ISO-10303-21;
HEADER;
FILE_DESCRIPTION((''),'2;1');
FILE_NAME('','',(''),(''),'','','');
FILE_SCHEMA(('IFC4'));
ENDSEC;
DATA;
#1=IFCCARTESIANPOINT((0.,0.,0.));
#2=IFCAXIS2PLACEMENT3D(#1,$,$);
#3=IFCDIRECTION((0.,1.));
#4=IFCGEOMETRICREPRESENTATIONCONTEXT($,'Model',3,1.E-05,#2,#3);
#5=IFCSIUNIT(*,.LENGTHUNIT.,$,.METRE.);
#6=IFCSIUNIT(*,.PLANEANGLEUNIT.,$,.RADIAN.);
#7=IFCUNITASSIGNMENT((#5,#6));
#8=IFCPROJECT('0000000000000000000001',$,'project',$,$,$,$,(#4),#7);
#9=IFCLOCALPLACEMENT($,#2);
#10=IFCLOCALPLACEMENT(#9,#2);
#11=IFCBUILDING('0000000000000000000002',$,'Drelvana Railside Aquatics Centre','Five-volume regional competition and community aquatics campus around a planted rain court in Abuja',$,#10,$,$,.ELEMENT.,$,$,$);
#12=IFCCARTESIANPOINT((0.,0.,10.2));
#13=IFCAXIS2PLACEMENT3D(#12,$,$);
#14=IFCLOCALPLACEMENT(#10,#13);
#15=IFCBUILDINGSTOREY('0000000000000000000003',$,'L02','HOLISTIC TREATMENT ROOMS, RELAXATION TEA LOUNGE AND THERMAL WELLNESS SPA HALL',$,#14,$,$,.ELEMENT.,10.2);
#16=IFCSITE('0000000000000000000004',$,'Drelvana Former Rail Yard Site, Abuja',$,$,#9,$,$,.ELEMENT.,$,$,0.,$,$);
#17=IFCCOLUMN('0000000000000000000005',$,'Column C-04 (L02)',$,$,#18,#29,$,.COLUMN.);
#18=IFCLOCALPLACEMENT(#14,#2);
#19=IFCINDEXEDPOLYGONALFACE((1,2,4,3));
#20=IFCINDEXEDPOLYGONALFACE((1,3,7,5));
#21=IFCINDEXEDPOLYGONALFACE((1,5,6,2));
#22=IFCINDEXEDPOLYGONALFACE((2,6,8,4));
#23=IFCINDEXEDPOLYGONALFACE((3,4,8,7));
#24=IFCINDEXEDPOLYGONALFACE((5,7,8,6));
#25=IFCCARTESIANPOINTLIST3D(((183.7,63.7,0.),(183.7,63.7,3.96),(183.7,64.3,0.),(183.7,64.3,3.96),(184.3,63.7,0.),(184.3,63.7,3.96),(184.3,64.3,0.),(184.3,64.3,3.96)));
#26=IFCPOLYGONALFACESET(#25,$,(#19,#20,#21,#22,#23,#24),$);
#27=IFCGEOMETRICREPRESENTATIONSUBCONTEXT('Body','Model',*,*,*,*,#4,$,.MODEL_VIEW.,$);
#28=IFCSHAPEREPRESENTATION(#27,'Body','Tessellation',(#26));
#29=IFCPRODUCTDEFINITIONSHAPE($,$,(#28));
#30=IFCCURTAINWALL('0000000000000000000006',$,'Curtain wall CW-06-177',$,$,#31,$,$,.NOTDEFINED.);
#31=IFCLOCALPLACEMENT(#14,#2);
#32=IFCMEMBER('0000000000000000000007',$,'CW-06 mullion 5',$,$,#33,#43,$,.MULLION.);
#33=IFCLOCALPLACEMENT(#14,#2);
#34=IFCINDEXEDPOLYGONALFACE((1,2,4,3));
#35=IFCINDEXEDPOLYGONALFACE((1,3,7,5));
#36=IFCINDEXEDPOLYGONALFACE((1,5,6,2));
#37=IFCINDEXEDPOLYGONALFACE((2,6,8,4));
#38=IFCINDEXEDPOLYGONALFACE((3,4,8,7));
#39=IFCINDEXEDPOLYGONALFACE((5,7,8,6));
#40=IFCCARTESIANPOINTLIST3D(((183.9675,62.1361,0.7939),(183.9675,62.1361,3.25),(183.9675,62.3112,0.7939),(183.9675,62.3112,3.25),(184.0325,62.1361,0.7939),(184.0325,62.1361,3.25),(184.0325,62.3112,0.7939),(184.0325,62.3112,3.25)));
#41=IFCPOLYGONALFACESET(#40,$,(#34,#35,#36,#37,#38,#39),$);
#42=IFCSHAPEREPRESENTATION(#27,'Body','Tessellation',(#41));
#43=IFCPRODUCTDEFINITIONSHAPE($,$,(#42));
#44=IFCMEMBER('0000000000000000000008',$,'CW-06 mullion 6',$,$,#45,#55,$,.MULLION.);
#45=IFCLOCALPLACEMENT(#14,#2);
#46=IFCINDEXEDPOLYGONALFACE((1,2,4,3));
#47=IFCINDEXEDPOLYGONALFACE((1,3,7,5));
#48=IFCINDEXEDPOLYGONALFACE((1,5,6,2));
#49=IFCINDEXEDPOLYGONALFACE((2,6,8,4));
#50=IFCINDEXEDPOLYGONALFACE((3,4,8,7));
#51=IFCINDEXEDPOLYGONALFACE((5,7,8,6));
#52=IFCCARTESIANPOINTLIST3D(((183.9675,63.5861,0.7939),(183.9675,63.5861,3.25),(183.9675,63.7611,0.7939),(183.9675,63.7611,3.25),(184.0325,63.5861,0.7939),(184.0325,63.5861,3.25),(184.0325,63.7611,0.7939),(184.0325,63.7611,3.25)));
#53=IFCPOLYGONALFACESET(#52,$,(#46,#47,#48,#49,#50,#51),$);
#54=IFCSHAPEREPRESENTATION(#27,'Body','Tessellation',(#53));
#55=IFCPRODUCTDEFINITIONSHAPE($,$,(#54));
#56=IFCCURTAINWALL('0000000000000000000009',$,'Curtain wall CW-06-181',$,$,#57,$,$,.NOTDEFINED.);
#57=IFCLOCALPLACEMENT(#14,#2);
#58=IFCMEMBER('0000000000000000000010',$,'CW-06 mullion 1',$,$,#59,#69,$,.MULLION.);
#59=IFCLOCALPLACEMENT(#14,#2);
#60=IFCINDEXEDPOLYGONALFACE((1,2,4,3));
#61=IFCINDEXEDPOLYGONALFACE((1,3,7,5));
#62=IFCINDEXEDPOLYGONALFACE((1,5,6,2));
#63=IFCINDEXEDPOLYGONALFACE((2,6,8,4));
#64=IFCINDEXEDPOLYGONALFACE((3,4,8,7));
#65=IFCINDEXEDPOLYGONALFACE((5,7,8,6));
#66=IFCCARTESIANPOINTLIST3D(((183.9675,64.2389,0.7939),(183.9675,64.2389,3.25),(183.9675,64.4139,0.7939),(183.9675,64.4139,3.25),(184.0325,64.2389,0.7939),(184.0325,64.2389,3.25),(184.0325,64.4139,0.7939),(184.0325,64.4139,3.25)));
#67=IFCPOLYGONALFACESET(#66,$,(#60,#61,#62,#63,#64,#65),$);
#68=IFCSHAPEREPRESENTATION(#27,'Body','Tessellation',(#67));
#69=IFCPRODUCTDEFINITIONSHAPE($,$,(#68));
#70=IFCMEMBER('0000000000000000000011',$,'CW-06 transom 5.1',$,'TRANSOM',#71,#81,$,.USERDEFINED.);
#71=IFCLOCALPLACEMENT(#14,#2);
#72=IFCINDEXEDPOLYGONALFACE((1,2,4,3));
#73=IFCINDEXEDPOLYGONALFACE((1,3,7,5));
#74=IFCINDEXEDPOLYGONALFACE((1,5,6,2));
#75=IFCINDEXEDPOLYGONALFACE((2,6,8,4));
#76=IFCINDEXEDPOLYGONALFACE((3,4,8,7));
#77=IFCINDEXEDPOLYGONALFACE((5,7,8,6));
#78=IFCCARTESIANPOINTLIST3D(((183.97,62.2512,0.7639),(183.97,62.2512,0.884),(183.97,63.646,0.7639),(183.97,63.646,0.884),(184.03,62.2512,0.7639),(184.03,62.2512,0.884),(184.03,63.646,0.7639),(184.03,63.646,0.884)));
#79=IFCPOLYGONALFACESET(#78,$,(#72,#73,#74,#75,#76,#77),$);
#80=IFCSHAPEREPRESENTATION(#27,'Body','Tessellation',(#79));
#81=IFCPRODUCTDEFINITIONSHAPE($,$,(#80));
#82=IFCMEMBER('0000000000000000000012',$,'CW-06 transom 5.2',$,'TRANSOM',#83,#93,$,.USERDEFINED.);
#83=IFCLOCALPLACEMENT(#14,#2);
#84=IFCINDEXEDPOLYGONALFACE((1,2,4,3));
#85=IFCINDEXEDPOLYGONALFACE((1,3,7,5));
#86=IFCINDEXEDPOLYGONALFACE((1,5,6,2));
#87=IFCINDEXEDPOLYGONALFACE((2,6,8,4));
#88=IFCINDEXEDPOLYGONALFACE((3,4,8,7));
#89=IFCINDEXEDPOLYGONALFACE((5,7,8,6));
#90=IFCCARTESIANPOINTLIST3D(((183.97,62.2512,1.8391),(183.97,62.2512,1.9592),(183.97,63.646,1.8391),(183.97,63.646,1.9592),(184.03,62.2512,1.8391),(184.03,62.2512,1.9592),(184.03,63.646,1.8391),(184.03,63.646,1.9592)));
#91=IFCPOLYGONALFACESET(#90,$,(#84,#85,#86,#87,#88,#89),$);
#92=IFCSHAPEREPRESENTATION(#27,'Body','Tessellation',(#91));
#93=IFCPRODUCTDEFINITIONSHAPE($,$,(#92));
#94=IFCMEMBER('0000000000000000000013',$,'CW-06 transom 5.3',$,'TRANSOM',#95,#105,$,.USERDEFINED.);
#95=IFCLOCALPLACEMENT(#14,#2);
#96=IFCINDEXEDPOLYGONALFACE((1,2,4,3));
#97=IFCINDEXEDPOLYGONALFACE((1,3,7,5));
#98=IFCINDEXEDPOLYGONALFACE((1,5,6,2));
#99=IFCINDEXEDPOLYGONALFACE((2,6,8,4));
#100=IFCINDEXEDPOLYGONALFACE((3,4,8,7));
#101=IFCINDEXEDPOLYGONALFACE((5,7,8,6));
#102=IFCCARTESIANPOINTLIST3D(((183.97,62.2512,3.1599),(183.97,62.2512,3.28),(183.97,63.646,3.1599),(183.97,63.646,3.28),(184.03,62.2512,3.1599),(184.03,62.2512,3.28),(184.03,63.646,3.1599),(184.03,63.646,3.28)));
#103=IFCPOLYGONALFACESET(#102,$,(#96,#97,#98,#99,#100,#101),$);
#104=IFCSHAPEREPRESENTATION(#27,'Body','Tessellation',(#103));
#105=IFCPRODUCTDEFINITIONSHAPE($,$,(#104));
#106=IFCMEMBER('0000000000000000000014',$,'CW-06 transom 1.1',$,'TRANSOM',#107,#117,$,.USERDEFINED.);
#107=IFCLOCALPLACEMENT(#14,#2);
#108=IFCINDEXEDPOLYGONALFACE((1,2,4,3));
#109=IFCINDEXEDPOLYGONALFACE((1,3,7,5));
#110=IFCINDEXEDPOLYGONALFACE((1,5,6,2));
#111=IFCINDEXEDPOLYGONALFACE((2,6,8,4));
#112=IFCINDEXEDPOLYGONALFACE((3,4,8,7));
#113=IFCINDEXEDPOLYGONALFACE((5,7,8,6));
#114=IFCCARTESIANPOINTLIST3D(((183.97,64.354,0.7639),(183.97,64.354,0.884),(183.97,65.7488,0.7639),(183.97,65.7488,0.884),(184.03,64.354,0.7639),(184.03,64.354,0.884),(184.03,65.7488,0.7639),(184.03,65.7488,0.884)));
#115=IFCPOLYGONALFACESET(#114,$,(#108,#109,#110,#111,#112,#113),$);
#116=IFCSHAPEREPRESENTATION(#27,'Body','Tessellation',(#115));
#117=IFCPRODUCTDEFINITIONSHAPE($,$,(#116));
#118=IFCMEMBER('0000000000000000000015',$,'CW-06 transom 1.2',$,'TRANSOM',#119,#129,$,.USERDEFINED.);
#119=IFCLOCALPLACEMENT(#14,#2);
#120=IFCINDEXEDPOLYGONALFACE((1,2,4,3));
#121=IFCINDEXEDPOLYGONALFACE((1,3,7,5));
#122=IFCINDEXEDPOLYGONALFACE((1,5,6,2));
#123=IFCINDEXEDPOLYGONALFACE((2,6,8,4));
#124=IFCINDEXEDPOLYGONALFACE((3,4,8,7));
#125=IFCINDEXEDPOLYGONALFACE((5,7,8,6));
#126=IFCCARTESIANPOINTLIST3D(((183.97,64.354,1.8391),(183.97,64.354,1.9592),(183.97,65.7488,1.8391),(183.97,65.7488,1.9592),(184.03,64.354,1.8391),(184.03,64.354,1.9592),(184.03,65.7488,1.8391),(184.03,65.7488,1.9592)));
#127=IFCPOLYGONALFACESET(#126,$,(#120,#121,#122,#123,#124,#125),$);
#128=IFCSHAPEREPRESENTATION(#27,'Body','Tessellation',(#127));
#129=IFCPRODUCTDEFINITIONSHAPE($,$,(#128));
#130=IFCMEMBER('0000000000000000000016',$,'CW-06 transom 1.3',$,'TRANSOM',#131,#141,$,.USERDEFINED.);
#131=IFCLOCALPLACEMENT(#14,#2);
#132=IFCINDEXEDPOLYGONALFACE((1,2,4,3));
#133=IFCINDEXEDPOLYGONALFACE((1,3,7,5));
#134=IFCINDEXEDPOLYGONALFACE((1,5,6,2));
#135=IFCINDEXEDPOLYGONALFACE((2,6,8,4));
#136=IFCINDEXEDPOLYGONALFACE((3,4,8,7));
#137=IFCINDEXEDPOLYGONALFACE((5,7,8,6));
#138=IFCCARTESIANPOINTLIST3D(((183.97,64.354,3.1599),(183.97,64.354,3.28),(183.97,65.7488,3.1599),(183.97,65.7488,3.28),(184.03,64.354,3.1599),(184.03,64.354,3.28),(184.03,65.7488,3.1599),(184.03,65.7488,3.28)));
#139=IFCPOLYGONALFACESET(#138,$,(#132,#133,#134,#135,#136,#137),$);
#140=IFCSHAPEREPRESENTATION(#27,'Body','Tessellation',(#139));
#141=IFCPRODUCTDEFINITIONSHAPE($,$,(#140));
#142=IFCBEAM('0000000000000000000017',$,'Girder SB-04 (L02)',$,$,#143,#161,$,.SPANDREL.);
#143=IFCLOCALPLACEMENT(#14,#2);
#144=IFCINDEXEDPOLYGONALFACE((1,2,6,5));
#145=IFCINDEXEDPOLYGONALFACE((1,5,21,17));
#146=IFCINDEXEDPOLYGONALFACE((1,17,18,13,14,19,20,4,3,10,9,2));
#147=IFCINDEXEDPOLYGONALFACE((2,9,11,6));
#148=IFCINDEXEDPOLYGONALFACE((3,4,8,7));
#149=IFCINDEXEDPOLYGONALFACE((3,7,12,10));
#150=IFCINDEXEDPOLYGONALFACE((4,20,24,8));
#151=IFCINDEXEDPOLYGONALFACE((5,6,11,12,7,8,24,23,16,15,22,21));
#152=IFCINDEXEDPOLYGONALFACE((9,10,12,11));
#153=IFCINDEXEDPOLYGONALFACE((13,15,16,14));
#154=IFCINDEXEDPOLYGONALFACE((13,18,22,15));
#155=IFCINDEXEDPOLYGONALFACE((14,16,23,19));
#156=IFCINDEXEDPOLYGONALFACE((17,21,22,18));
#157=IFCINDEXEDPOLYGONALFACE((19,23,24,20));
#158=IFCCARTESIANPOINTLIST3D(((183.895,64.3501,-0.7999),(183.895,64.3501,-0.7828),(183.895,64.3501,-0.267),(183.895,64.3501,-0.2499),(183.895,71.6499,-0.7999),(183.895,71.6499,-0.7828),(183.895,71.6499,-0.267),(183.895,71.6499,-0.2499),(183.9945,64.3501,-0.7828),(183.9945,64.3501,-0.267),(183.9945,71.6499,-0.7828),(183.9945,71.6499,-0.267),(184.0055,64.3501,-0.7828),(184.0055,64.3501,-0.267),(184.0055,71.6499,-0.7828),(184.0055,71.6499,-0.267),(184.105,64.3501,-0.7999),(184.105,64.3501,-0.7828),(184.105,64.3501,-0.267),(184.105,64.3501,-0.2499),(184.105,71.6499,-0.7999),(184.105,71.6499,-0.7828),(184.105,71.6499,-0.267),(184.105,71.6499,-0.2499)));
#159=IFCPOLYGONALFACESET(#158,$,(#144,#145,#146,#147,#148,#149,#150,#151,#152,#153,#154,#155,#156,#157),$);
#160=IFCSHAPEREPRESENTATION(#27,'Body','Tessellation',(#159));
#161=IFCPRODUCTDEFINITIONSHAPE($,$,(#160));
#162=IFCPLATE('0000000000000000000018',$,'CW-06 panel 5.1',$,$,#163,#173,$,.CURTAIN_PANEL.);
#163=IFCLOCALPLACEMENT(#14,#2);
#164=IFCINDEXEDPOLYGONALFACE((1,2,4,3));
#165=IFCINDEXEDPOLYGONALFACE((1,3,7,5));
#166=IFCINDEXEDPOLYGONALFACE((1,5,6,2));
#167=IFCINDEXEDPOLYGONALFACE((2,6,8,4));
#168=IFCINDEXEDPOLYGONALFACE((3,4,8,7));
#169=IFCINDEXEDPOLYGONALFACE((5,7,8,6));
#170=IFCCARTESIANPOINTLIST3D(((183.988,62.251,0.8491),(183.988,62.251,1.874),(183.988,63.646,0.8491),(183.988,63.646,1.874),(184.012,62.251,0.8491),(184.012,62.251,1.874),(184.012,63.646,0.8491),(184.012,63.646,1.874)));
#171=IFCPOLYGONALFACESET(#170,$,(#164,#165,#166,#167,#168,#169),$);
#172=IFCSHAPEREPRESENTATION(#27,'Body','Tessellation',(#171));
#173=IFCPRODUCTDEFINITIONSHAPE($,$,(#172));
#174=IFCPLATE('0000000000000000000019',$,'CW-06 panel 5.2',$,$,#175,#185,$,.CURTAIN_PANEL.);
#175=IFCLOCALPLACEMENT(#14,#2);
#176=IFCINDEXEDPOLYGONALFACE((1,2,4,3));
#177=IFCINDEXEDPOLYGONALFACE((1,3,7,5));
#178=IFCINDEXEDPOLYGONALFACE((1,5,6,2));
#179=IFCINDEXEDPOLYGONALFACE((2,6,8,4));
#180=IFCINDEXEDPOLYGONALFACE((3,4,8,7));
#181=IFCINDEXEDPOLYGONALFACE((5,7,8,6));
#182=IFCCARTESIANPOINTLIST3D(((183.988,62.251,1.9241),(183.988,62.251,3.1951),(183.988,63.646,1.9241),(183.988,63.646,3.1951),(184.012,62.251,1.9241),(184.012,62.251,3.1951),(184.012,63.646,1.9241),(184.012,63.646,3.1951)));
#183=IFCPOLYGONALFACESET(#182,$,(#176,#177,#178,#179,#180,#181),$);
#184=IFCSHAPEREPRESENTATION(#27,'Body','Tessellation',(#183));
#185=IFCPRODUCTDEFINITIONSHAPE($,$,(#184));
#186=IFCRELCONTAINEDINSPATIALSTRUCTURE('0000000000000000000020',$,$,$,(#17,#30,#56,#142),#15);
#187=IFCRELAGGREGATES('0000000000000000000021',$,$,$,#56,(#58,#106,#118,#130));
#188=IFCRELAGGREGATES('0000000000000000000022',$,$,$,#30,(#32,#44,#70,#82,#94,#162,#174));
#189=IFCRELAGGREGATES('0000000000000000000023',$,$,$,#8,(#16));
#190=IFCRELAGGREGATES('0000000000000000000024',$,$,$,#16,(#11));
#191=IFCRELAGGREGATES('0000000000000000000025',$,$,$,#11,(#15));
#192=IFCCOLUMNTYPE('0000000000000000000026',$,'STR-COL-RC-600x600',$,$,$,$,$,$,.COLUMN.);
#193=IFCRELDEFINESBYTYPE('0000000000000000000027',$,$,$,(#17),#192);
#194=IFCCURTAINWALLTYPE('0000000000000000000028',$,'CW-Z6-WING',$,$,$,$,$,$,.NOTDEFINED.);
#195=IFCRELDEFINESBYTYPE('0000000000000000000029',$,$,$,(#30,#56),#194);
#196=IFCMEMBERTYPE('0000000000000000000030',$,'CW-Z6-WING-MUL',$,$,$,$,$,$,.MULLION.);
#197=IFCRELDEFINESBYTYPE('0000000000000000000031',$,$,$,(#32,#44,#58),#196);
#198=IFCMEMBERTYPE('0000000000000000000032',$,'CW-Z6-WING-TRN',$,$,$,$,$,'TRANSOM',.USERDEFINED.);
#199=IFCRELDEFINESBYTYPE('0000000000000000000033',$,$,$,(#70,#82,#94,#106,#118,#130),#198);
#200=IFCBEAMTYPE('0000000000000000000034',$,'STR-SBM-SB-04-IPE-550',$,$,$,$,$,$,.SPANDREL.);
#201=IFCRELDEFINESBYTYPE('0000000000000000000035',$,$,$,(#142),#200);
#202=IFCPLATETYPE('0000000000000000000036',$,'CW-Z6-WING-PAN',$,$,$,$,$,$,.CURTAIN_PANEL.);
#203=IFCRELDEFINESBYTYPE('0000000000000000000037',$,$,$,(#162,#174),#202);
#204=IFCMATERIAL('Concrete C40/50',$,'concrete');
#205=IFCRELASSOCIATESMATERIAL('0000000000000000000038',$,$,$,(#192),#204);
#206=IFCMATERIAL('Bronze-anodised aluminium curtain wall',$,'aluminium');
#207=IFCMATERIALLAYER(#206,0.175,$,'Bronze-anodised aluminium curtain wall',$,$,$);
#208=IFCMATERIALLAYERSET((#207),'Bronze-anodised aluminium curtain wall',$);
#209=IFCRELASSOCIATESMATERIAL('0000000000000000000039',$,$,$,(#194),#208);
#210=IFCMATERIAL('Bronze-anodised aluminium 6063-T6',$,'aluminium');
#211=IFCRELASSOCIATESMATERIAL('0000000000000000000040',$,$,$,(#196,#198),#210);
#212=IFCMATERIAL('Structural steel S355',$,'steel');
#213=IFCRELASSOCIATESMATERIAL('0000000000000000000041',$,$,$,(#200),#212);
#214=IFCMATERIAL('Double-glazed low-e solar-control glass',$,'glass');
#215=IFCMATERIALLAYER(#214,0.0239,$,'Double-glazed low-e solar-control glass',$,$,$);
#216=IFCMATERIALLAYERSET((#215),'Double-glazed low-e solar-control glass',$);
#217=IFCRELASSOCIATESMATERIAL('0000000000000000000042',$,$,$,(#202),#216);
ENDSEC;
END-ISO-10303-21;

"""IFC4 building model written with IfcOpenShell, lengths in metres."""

from ifc_helpers import new_model, si_unit, direction, frame, origin, origin_2d, place, context, subcontext, project, spatial, rectangle, i_section, extrude, material, layer, layer_set, material_profile, profile_set, type_object, element, aggregate, save


model = new_model("IFC4")

# Units and contexts
model_context = context("Model", 3, precision=1e-05, world=origin(), true_north=direction((0.0, 1.0)))
body_context = subcontext(model_context, "Body", "Model", "MODEL_VIEW")
ifc_project = project(units=[si_unit("LENGTHUNIT", "METRE"), si_unit("PLANEANGLEUNIT", "RADIAN")], contexts=[model_context])

# Site, building, storey
site_placement = place(None, origin())
site = spatial("IfcSite", under=ifc_project, at=site_placement, Name="Drelvana Former Rail Yard Site, Abuja", CompositionType="ELEMENT", RefElevation=0.0)
building_placement = place(site_placement, origin())
building = spatial("IfcBuilding", under=site, at=building_placement, Name="Drelvana Railside Aquatics Centre", Description="Five-volume regional competition and community aquatics campus around a planted rain court in Abuja", CompositionType="ELEMENT")
storey_placement = place(building_placement, frame((0.0, 0.0, 10.2)))
storey = spatial("IfcBuildingStorey", under=building, at=storey_placement, Name="L02", Description="HOLISTIC TREATMENT ROOMS, RELAXATION TEA LOUNGE AND THERMAL WELLNESS SPA HALL", CompositionType="ELEMENT", Elevation=10.2)

# Column
ifc_material_1 = material(Name="Concrete C40/50", Category="concrete")
ifc_material_profile_1 = material_profile(ifc_material_1, rectangle(XDim=0.6001, YDim=0.6001, at=origin_2d()), Name="RC 600x600")
ifc_profile_set_1 = profile_set([ifc_material_profile_1], Name="Concrete C40/50")
column_type = type_object("IfcColumnType", Name="STR-COL-RC-600x600", PredefinedType="COLUMN", material=ifc_profile_set_1)
column_placement = place(storey_placement, frame((184.0, 64.0, 0.0), z_axis=(0.0, 0.0, 1.0), x_axis=(1.0, 0.0, 0.0)))
element("IfcColumn", 1, at=column_placement, inside=storey, type_object=column_type, Name="Column C-04 (L02)", PredefinedType="COLUMN", context=body_context, shape_type="SweptSolid", body=[
    extrude(rectangle(XDim=0.6001, YDim=0.6001, at=origin_2d()), origin(), (0.0, 0.0, 1.0), 3.96),
])

# Curtain wall, members
ifc_material_2 = material(Name="Bronze-anodised aluminium curtain wall", Category="aluminium")
ifc_layer_1 = layer(ifc_material_2, 0.175, Name="Bronze-anodised aluminium curtain wall")
ifc_layer_set_1 = layer_set([ifc_layer_1], Name="Bronze-anodised aluminium curtain wall")
curtain_wall_type = type_object("IfcCurtainWallType", Name="CW-Z6-WING", PredefinedType="NOTDEFINED", material=ifc_layer_set_1)
curtain_wall_1_placement = place(storey_placement, origin())
curtain_wall_1 = element("IfcCurtainWall", 2, at=curtain_wall_1_placement, inside=storey, type_object=curtain_wall_type, Name="Curtain wall CW-06-177", PredefinedType="NOTDEFINED")
ifc_material_3 = material(Name="Bronze-anodised aluminium 6063-T6", Category="aluminium")
ifc_material_profile_2 = material_profile(ifc_material_3, rectangle(XDim=0.0649, YDim=0.175, at=origin_2d()), Name="ALU-M 65x175")
ifc_profile_set_2 = profile_set([ifc_material_profile_2], Name="Bronze-anodised aluminium 6063-T6")
member_type_1 = type_object("IfcMemberType", Name="CW-Z6-WING-MUL", PredefinedType="MULLION", material=ifc_profile_set_2)
member_1_placement = place(storey_placement, frame((184.0, 62.2236, 0.7939), z_axis=(0.0, 0.0, 1.0), x_axis=(-1.0, 0.0, 0.0)))
member_1 = element("IfcMember", 3, at=member_1_placement, type_object=member_type_1, Name="CW-06 mullion 5", PredefinedType="MULLION", context=body_context, shape_type="SweptSolid", body=[
    extrude(rectangle(XDim=0.0649, YDim=0.175, at=origin_2d()), origin(), (0.0, 0.0, 1.0), 2.4561),
])
member_2_placement = place(storey_placement, frame((184.0, 63.6736, 0.7939), z_axis=(0.0, 0.0, 1.0), x_axis=(-1.0, 0.0, 0.0)))
member_2 = element("IfcMember", 4, at=member_2_placement, type_object=member_type_1, Name="CW-06 mullion 6", PredefinedType="MULLION", context=body_context, shape_type="SweptSolid", body=[
    extrude(rectangle(XDim=0.0649, YDim=0.175, at=origin_2d()), origin(), (0.0, 0.0, 1.0), 2.4561),
])

# Curtain wall, member
curtain_wall_2_placement = place(storey_placement, origin())
curtain_wall_2 = element("IfcCurtainWall", 5, at=curtain_wall_2_placement, inside=storey, type_object=curtain_wall_type, Name="Curtain wall CW-06-181", PredefinedType="NOTDEFINED")
member_3_placement = place(storey_placement, frame((184.0, 64.3264, 0.7939), z_axis=(0.0, 0.0, 1.0), x_axis=(-1.0, 0.0, 0.0)))
member_3 = element("IfcMember", 6, at=member_3_placement, type_object=member_type_1, Name="CW-06 mullion 1", PredefinedType="MULLION", context=body_context, shape_type="SweptSolid", body=[
    extrude(rectangle(XDim=0.0649, YDim=0.175, at=origin_2d()), origin(), (0.0, 0.0, 1.0), 2.4561),
])

# Members
ifc_material_profile_3 = material_profile(ifc_material_3, rectangle(XDim=0.1201, YDim=0.0601, at=origin_2d()), Name="ALU-T 60x120")
ifc_profile_set_3 = profile_set([ifc_material_profile_3], Name="Bronze-anodised aluminium 6063-T6")
member_type_2 = type_object("IfcMemberType", Name="CW-Z6-WING-TRN", ElementType="TRANSOM", PredefinedType="USERDEFINED", material=ifc_profile_set_3)
member_4_placement = place(storey_placement, frame((184.0, 62.2512, 0.824), z_axis=(0.0, 1.0, 0.0), x_axis=(0.0, 0.0, 1.0)))
member_4 = element("IfcMember", 7, at=member_4_placement, type_object=member_type_2, Name="CW-06 transom 5.1", ObjectType="TRANSOM", PredefinedType="USERDEFINED", context=body_context, shape_type="SweptSolid", body=[
    extrude(rectangle(XDim=0.1201, YDim=0.0601, at=origin_2d()), origin(), (0.0, 0.0, 1.0), 1.3948),
])
member_5_placement = place(storey_placement, frame((184.0, 62.2512, 1.8992), z_axis=(0.0, 1.0, 0.0), x_axis=(0.0, 0.0, 1.0)))
member_5 = element("IfcMember", 8, at=member_5_placement, type_object=member_type_2, Name="CW-06 transom 5.2", ObjectType="TRANSOM", PredefinedType="USERDEFINED", context=body_context, shape_type="SweptSolid", body=[
    extrude(rectangle(XDim=0.1201, YDim=0.0601, at=origin_2d()), origin(), (0.0, 0.0, 1.0), 1.3948),
])
member_6_placement = place(storey_placement, frame((184.0, 62.2512, 3.22), z_axis=(0.0, 1.0, 0.0), x_axis=(0.0, 0.0, 1.0)))
member_6 = element("IfcMember", 9, at=member_6_placement, type_object=member_type_2, Name="CW-06 transom 5.3", ObjectType="TRANSOM", PredefinedType="USERDEFINED", context=body_context, shape_type="SweptSolid", body=[
    extrude(rectangle(XDim=0.1201, YDim=0.0601, at=origin_2d()), origin(), (0.0, 0.0, 1.0), 1.3948),
])
member_7_placement = place(storey_placement, frame((184.0, 64.354, 0.824), z_axis=(0.0, 1.0, 0.0), x_axis=(0.0, 0.0, 1.0)))
member_7 = element("IfcMember", 10, at=member_7_placement, type_object=member_type_2, Name="CW-06 transom 1.1", ObjectType="TRANSOM", PredefinedType="USERDEFINED", context=body_context, shape_type="SweptSolid", body=[
    extrude(rectangle(XDim=0.1201, YDim=0.0601, at=origin_2d()), origin(), (0.0, 0.0, 1.0), 1.3948),
])
member_8_placement = place(storey_placement, frame((184.0, 64.354, 1.8992), z_axis=(0.0, 1.0, 0.0), x_axis=(0.0, 0.0, 1.0)))
member_8 = element("IfcMember", 11, at=member_8_placement, type_object=member_type_2, Name="CW-06 transom 1.2", ObjectType="TRANSOM", PredefinedType="USERDEFINED", context=body_context, shape_type="SweptSolid", body=[
    extrude(rectangle(XDim=0.1201, YDim=0.0601, at=origin_2d()), origin(), (0.0, 0.0, 1.0), 1.3948),
])
member_9_placement = place(storey_placement, frame((184.0, 64.354, 3.22), z_axis=(0.0, 1.0, 0.0), x_axis=(0.0, 0.0, 1.0)))
member_9 = element("IfcMember", 12, at=member_9_placement, type_object=member_type_2, Name="CW-06 transom 1.3", ObjectType="TRANSOM", PredefinedType="USERDEFINED", context=body_context, shape_type="SweptSolid", body=[
    extrude(rectangle(XDim=0.1201, YDim=0.0601, at=origin_2d()), origin(), (0.0, 0.0, 1.0), 1.3948),
])
aggregate(curtain_wall_2, [member_3, member_7, member_8, member_9])

# Beam
ifc_material_4 = material(Name="Structural steel S355", Category="steel")
ifc_material_profile_4 = material_profile(ifc_material_4, i_section(OverallWidth=0.21, OverallDepth=0.55, WebThickness=0.011, FlangeThickness=0.0171, at=origin_2d()), Name="IPE 550")
ifc_profile_set_4 = profile_set([ifc_material_profile_4], Name="Structural steel S355")
beam_type = type_object("IfcBeamType", Name="STR-SBM-SB-04-IPE-550", PredefinedType="SPANDREL", material=ifc_profile_set_4)
beam_placement = place(storey_placement, frame((184.0, 64.3501, -0.5249), z_axis=(0.0, 1.0, 0.0), x_axis=(-1.0, 0.0, 0.0)))
element("IfcBeam", 13, at=beam_placement, inside=storey, type_object=beam_type, Name="Girder SB-04 (L02)", PredefinedType="SPANDREL", context=body_context, shape_type="SweptSolid", body=[
    extrude(i_section(OverallWidth=0.21, OverallDepth=0.55, WebThickness=0.011, FlangeThickness=0.0171, at=origin_2d()), origin(), (0.0, 0.0, 1.0), 7.2998),
])

# Plates
ifc_material_5 = material(Name="Double-glazed low-e solar-control glass", Category="glass")
ifc_layer_2 = layer(ifc_material_5, 0.0239, Name="Double-glazed low-e solar-control glass")
ifc_layer_set_2 = layer_set([ifc_layer_2], Name="Double-glazed low-e solar-control glass")
plate_type = type_object("IfcPlateType", Name="CW-Z6-WING-PAN", PredefinedType="CURTAIN_PANEL", material=ifc_layer_set_2)
plate_1_placement = place(storey_placement, frame((184.0, 62.9485, 0.8491), z_axis=(0.0, 0.0, 1.0), x_axis=(0.0, 1.0, 0.0)))
plate_1 = element("IfcPlate", 14, at=plate_1_placement, type_object=plate_type, Name="CW-06 panel 5.1", PredefinedType="CURTAIN_PANEL", context=body_context, shape_type="SweptSolid", body=[
    extrude(rectangle(XDim=1.395, YDim=0.0239, at=origin_2d()), origin(), (0.0, 0.0, 1.0), 1.0249),
])
plate_2_placement = place(storey_placement, frame((184.0, 62.9485, 1.9241), z_axis=(0.0, 0.0, 1.0), x_axis=(0.0, 1.0, 0.0)))
plate_2 = element("IfcPlate", 15, at=plate_2_placement, type_object=plate_type, Name="CW-06 panel 5.2", PredefinedType="CURTAIN_PANEL", context=body_context, shape_type="SweptSolid", body=[
    extrude(rectangle(XDim=1.395, YDim=0.0239, at=origin_2d()), origin(), (0.0, 0.0, 1.0), 1.271),
])
aggregate(curtain_wall_1, [member_1, member_2, member_4, member_5, member_6, plate_1, plate_2])

save(model, "model.ifc")
